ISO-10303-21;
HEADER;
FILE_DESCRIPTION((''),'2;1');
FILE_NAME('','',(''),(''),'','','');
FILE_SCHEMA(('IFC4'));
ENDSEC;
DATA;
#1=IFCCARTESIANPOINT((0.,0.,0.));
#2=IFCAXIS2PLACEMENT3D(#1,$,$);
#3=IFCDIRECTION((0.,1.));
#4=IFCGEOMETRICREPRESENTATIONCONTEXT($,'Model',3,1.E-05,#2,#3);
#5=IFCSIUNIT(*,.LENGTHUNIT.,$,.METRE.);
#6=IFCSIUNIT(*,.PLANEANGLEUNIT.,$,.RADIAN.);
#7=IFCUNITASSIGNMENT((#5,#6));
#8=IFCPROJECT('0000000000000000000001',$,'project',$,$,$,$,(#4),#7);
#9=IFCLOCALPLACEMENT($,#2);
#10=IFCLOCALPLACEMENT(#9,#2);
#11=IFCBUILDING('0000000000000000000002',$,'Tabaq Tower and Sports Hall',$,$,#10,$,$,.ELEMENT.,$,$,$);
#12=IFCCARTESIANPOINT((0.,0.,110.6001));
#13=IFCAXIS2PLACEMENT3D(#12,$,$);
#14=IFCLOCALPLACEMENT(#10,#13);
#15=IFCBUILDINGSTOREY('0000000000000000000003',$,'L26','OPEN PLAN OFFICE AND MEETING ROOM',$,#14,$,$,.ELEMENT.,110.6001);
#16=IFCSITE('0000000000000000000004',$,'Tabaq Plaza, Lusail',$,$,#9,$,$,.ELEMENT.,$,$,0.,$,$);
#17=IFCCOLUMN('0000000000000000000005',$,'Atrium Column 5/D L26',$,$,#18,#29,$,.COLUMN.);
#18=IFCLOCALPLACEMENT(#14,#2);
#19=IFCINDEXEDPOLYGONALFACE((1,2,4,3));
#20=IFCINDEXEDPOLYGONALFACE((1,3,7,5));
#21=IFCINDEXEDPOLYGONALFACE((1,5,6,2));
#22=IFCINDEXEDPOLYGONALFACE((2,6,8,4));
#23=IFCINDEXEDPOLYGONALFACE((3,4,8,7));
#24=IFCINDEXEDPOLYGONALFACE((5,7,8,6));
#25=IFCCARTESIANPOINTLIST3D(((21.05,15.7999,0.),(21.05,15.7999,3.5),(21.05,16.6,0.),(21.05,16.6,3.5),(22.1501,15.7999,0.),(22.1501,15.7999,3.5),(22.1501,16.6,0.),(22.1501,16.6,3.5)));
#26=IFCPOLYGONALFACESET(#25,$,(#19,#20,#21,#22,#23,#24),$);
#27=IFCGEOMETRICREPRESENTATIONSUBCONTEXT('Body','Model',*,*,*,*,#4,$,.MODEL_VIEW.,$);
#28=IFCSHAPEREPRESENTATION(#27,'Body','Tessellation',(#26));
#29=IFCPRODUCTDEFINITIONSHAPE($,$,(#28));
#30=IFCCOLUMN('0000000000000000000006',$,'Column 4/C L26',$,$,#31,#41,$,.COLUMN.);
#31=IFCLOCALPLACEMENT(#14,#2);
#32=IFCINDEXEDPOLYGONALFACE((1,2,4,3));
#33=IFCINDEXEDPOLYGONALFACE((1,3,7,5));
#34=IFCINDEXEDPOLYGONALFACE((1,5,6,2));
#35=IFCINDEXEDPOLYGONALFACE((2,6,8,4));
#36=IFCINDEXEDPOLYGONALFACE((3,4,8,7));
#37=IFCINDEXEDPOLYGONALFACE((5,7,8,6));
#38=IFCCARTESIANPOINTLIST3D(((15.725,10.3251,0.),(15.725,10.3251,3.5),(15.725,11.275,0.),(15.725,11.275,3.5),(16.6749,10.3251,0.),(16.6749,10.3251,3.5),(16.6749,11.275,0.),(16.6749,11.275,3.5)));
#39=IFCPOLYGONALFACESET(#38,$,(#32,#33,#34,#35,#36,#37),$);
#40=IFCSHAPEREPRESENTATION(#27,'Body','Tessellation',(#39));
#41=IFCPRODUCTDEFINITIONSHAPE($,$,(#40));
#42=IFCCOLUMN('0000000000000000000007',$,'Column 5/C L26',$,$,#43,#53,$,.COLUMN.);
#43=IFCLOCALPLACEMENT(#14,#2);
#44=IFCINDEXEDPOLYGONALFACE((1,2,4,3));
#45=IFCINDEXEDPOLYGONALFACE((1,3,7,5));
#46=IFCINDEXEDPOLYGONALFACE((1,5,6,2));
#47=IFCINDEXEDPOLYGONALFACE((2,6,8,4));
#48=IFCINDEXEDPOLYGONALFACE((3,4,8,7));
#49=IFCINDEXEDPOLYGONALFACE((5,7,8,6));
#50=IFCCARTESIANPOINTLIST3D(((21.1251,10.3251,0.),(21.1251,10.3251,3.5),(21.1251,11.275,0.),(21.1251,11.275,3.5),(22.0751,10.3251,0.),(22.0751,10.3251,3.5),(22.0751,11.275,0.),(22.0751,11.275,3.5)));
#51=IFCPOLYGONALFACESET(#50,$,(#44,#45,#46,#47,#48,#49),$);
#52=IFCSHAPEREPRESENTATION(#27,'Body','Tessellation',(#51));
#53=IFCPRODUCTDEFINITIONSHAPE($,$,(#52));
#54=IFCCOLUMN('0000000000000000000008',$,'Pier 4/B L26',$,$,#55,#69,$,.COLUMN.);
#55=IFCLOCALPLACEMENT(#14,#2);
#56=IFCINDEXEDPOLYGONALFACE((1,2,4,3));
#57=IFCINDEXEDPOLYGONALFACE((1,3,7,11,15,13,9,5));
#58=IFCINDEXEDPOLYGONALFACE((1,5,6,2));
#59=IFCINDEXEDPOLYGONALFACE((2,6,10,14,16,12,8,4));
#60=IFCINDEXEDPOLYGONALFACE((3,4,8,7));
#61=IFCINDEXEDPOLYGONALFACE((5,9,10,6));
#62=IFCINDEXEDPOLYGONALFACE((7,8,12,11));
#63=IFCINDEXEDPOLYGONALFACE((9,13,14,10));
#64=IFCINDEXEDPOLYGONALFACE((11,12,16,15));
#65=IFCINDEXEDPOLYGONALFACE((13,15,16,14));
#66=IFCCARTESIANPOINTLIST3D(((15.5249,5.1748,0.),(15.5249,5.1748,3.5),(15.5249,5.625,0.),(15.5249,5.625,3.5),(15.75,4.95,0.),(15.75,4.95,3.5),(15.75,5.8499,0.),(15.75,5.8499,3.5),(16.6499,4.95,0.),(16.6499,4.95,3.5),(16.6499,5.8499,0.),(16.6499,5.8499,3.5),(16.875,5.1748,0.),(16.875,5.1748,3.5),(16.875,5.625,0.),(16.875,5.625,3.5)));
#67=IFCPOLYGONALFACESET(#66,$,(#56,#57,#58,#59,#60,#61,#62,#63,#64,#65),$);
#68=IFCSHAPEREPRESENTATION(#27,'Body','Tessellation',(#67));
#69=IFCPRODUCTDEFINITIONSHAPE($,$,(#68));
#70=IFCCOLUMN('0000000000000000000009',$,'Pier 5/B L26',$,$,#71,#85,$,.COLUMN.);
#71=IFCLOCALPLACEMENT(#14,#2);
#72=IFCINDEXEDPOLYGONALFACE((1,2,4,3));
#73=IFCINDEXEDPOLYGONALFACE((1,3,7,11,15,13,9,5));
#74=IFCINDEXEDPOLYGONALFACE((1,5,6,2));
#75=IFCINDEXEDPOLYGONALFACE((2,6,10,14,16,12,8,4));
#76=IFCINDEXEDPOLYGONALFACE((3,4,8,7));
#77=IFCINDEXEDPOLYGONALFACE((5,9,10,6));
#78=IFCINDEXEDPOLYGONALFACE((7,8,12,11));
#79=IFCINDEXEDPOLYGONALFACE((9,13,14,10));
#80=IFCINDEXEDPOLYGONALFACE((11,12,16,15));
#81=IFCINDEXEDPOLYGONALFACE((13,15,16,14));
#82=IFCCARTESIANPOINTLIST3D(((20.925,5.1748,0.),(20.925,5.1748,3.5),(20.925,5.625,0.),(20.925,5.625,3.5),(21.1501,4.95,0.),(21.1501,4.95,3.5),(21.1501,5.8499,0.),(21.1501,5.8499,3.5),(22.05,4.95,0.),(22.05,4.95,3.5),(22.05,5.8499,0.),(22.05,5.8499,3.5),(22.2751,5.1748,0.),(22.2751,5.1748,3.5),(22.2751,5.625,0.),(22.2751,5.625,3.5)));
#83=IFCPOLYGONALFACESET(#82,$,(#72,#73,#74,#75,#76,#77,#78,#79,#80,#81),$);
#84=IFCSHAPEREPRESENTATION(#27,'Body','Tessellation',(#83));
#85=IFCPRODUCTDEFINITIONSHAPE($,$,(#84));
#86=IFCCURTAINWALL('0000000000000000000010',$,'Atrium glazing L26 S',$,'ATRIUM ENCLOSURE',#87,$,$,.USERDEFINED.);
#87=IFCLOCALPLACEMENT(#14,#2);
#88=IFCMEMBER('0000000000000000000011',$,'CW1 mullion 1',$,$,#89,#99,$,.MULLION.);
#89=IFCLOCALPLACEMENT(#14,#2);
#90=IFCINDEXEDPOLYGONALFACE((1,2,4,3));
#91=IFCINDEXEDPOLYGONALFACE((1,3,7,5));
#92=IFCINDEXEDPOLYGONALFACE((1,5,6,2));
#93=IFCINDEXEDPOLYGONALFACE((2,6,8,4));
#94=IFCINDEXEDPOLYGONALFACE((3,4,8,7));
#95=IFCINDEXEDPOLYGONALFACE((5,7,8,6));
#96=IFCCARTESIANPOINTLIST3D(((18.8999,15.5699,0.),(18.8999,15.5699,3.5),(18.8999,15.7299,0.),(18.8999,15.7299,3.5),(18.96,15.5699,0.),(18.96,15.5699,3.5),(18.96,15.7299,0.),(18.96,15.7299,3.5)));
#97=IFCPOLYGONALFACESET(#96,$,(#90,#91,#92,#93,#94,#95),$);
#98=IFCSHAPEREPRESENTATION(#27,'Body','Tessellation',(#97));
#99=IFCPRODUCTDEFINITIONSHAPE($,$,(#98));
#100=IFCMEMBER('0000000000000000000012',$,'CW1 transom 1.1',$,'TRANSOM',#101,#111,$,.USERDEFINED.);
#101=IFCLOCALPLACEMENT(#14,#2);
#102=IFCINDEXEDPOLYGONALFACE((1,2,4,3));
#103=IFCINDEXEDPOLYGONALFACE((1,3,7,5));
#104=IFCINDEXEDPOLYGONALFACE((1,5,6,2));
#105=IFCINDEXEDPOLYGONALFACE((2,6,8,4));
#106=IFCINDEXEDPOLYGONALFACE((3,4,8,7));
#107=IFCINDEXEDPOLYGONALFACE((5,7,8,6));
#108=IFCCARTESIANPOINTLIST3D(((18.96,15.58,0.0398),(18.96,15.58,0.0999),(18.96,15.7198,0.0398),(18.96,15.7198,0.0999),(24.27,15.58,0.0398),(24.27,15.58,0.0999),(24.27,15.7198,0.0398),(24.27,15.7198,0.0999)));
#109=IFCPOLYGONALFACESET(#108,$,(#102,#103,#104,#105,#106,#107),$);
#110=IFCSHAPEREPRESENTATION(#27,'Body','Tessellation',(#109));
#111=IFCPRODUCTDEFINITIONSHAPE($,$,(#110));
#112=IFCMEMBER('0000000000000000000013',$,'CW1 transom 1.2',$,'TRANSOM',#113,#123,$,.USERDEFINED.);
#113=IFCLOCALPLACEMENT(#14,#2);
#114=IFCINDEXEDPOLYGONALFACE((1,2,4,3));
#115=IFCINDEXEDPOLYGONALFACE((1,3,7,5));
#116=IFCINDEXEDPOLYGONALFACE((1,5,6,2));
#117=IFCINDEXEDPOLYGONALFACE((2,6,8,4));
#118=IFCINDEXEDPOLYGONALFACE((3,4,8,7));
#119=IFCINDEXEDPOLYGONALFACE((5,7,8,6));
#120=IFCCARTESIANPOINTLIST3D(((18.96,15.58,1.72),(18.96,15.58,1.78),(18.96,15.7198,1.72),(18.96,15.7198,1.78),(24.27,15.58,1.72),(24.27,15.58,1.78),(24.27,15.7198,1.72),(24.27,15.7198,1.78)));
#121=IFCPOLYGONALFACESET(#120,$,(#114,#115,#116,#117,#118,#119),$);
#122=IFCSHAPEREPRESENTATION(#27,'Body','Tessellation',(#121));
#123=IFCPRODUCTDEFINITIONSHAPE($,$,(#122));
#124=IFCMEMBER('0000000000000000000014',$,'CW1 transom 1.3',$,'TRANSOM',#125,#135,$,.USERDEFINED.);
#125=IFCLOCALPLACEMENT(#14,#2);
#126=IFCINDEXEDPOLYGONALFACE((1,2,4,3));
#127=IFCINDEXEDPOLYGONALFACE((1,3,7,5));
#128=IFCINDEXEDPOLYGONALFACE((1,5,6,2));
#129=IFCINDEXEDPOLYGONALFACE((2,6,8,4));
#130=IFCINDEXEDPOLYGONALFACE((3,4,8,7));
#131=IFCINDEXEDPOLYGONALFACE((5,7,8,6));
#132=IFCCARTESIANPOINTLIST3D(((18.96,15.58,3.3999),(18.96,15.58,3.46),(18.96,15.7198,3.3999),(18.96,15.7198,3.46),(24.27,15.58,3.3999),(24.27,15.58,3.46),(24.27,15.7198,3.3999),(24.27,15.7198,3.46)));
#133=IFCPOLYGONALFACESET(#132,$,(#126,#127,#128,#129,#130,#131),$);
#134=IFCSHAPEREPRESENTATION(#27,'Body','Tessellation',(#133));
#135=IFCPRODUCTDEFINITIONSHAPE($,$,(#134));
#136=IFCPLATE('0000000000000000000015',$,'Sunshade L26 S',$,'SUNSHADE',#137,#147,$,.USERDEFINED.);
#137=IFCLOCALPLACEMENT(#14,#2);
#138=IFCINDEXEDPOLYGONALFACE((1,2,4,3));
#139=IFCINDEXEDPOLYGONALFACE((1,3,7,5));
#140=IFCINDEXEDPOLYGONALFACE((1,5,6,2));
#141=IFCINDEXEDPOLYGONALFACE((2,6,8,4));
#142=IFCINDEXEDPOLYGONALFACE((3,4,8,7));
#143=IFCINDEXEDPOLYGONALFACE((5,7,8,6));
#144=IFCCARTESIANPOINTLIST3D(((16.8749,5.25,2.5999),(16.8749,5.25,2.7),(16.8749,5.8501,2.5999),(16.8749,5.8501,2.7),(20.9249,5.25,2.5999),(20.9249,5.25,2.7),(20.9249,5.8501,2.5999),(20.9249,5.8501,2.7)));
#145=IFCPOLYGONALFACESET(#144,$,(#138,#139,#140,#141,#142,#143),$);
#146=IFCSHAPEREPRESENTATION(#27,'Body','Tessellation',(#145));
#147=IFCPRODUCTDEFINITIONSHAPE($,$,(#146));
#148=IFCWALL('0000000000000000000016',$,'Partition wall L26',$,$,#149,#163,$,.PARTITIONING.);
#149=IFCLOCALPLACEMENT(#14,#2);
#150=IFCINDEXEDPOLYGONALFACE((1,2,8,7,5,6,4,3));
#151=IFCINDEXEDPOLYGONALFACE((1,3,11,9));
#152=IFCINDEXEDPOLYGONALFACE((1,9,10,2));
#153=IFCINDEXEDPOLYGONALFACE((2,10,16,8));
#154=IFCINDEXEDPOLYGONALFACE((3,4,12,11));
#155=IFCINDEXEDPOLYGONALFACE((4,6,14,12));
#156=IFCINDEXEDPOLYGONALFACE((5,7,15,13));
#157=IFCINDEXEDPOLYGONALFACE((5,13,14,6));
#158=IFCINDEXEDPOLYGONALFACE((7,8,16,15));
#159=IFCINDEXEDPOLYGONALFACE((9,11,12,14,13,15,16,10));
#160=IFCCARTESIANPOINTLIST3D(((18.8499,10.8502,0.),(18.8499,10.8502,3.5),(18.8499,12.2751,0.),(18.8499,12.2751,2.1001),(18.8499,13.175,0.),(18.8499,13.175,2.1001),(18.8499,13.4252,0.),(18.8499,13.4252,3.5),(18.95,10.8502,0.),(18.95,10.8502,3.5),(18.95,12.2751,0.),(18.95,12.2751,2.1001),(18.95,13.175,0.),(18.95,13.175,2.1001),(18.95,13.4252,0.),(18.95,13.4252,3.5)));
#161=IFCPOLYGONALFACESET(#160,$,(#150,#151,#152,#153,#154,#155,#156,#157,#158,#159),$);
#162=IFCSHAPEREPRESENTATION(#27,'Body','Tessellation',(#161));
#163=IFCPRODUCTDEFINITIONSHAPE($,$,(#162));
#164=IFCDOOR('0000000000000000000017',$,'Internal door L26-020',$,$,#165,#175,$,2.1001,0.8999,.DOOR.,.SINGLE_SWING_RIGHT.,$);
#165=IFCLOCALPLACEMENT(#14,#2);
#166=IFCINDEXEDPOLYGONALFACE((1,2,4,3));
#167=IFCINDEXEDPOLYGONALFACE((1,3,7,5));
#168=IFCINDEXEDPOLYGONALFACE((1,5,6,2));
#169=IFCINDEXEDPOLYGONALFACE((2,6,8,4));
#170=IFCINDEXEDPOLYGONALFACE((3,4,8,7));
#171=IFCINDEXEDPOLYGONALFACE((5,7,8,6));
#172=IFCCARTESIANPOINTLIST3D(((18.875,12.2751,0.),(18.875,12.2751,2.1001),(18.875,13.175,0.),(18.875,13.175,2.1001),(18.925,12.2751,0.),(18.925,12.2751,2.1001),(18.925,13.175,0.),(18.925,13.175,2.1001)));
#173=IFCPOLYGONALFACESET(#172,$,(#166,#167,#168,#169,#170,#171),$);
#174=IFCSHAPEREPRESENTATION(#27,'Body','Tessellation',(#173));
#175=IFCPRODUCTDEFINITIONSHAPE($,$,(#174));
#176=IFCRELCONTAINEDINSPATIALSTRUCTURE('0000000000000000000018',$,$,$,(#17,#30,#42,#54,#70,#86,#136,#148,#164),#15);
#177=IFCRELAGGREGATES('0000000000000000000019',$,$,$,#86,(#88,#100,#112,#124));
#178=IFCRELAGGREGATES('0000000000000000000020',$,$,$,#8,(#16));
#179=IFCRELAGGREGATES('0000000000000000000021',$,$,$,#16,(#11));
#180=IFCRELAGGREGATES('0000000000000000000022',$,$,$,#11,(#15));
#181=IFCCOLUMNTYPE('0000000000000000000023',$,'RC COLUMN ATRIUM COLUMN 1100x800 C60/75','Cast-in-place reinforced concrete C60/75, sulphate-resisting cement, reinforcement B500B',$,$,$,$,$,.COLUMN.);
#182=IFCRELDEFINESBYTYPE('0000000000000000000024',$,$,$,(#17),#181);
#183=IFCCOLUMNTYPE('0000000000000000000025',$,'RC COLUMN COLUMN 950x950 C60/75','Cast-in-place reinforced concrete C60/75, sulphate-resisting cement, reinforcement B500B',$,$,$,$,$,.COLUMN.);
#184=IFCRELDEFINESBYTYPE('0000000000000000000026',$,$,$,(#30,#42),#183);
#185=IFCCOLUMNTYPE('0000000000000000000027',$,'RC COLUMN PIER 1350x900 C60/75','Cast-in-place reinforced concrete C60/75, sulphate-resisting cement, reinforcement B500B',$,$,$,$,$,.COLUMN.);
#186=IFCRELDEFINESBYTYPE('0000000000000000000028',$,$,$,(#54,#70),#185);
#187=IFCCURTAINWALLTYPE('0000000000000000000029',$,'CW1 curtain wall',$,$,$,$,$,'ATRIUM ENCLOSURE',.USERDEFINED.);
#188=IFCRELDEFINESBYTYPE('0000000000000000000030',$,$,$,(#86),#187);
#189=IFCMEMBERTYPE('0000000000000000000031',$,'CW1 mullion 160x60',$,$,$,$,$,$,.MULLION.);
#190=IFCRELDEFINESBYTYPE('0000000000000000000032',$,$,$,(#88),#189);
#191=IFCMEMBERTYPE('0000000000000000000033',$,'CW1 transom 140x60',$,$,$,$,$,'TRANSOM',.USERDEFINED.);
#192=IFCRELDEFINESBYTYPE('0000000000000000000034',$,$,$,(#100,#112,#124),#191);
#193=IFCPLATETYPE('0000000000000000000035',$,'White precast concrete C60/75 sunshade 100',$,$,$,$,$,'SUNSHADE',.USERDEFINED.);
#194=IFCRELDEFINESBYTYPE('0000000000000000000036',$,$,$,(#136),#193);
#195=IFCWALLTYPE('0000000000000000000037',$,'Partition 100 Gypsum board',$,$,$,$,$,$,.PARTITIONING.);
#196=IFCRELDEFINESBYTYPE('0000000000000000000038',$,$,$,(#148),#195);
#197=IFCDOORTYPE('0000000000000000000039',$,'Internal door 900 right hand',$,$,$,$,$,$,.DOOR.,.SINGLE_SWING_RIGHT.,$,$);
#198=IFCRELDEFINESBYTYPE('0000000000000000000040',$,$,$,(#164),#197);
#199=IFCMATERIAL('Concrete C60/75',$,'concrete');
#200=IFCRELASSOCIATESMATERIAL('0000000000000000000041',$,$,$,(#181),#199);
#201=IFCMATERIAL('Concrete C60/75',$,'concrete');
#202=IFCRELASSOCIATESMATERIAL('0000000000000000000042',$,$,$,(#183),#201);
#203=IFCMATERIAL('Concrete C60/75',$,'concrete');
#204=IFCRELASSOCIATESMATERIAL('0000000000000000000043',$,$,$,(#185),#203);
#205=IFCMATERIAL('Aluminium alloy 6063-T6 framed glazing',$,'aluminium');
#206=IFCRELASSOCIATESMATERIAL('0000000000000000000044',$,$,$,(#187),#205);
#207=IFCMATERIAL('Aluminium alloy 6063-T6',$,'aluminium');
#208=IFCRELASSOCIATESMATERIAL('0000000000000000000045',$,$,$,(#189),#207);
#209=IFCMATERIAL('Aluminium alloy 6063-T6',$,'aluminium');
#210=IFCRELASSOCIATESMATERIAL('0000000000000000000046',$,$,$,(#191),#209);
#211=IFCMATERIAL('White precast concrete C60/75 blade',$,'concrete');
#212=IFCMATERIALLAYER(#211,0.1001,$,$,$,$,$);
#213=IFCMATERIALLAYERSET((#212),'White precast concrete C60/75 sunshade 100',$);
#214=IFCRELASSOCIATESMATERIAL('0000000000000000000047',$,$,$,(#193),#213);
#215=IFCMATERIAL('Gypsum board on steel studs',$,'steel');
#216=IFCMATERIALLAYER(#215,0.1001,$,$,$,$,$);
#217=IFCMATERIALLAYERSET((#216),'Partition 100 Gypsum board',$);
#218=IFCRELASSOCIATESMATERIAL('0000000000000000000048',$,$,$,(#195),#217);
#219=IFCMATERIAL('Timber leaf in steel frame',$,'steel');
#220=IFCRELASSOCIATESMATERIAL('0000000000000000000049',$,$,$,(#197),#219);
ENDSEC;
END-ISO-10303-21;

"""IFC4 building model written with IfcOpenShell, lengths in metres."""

from ifc_helpers import new_model, si_unit, direction, frame, frame_2d, origin, origin_2d, place, context, subcontext, project, spatial, polyline, rectangle, outline, extrude, material, layer, layer_set, material_profile, profile_set, type_object, element, fill, aggregate, save


model = new_model("IFC4")

# Units and contexts
model_context = context("Model", 3, precision=1e-05, world=origin(), true_north=direction((0.0, 1.0)))
body_context = subcontext(model_context, "Body", "Model", "MODEL_VIEW")
ifc_project = project(units=[si_unit("LENGTHUNIT", "METRE"), si_unit("PLANEANGLEUNIT", "RADIAN")], contexts=[model_context])

# Site, building, storey
site_placement = place(None, origin())
site = spatial("IfcSite", under=ifc_project, at=site_placement, Name="Tabaq Plaza, Lusail", CompositionType="ELEMENT", RefElevation=0.0)
building_placement = place(site_placement, origin())
building = spatial("IfcBuilding", under=site, at=building_placement, Name="Tabaq Tower and Sports Hall", CompositionType="ELEMENT")
storey_placement = place(building_placement, frame((0.0, 0.0, 110.6001)))
storey = spatial("IfcBuildingStorey", under=building, at=storey_placement, Name="L26", Description="OPEN PLAN OFFICE AND MEETING ROOM", CompositionType="ELEMENT", Elevation=110.6001)

# Columns
ifc_material_1 = material(Name="Concrete C60/75", Category="concrete")
ifc_material_profile_1 = material_profile(ifc_material_1, rectangle(XDim=1.1001, YDim=0.8, at=origin_2d()), Name="ATRIUM COLUMN 1100x800")
ifc_profile_set_1 = profile_set([ifc_material_profile_1], Name="Concrete C60/75")
column_type_1 = type_object("IfcColumnType", Name="RC COLUMN ATRIUM COLUMN 1100x800 C60/75", Description="Cast-in-place reinforced concrete C60/75, sulphate-resisting cement, reinforcement B500B", PredefinedType="COLUMN", material=ifc_profile_set_1)
column_placement = place(storey_placement, frame((21.6001, 16.2, 0.0), z_axis=(0.0, 0.0, 1.0), x_axis=(1.0, 0.0, 0.0)))
element("IfcColumn", 1, at=column_placement, inside=storey, type_object=column_type_1, Name="Atrium Column 5/D L26", PredefinedType="COLUMN", context=body_context, shape_type="SweptSolid", body=[
    extrude(rectangle(XDim=1.1001, YDim=0.8, at=origin_2d()), origin(), (0.0, 0.0, 1.0), 3.5),
])
ifc_material_2 = material(Name="Concrete C60/75", Category="concrete")
ifc_material_profile_2 = material_profile(ifc_material_2, rectangle(XDim=0.95, YDim=0.95, at=origin_2d()), Name="COLUMN 950x950")
ifc_profile_set_2 = profile_set([ifc_material_profile_2], Name="Concrete C60/75")
column_type_2 = type_object("IfcColumnType", Name="RC COLUMN COLUMN 950x950 C60/75", Description="Cast-in-place reinforced concrete C60/75, sulphate-resisting cement, reinforcement B500B", PredefinedType="COLUMN", material=ifc_profile_set_2)
for number, where, z_axis, x_axis, name in (
    (2, (16.2, 10.8, 0.0), (0.0, 0.0, 1.0), (1.0, 0.0, 0.0), "Column 4/C L26"),
    (3, (21.6001, 10.8, 0.0), (0.0, 0.0, 1.0), (1.0, 0.0, 0.0), "Column 5/C L26"),
):
    element("IfcColumn", number, at=place(storey_placement, frame(where, z_axis=z_axis, x_axis=x_axis)), inside=storey, type_object=column_type_2, Name=name, PredefinedType="COLUMN", context=body_context, shape_type="SweptSolid", body=[
        extrude(rectangle(XDim=0.95, YDim=0.95, at=origin_2d()), origin(), (0.0, 0.0, 1.0), 3.5),
    ])
ifc_material_3 = material(Name="Concrete C60/75", Category="concrete")
ifc_material_profile_3 = material_profile(ifc_material_3, outline(polyline([(-0.45, -0.45), (0.45, -0.45), (0.675, -0.2251), (0.675, 0.2251), (0.45, 0.45), (-0.45, 0.45), (-0.675, 0.2251), (-0.675, -0.2251), (-0.45, -0.45)])), Name="PIER 1350x900")
ifc_profile_set_3 = profile_set([ifc_material_profile_3], Name="Concrete C60/75")
column_type_3 = type_object("IfcColumnType", Name="RC COLUMN PIER 1350x900 C60/75", Description="Cast-in-place reinforced concrete C60/75, sulphate-resisting cement, reinforcement B500B", PredefinedType="COLUMN", material=ifc_profile_set_3)
for number, where, z_axis, x_axis, name in (
    (4, (16.2, 5.3999, 0.0), (0.0, 0.0, 1.0), (1.0, 0.0, 0.0), "Pier 4/B L26"),
    (5, (21.6001, 5.3999, 0.0), (0.0, 0.0, 1.0), (1.0, 0.0, 0.0), "Pier 5/B L26"),
):
    element("IfcColumn", number, at=place(storey_placement, frame(where, z_axis=z_axis, x_axis=x_axis)), inside=storey, type_object=column_type_3, Name=name, PredefinedType="COLUMN", context=body_context, shape_type="SweptSolid", body=[
        extrude(outline(polyline([(-0.45, -0.45), (0.45, -0.45), (0.675, -0.2251), (0.675, 0.2251), (0.45, 0.45), (-0.45, 0.45), (-0.675, 0.2251), (-0.675, -0.2251), (-0.45, -0.45)])), origin(), (0.0, 0.0, 1.0), 3.5),
    ])

# Curtain wall, members
ifc_material_4 = material(Name="Aluminium alloy 6063-T6 framed glazing", Category="aluminium")
curtain_wall_type = type_object("IfcCurtainWallType", Name="CW1 curtain wall", ElementType="ATRIUM ENCLOSURE", PredefinedType="USERDEFINED", material=ifc_material_4)
curtain_wall_placement = place(storey_placement, origin())
curtain_wall = element("IfcCurtainWall", 6, at=curtain_wall_placement, inside=storey, type_object=curtain_wall_type, Name="Atrium glazing L26 S", ObjectType="ATRIUM ENCLOSURE", PredefinedType="USERDEFINED")
ifc_material_5 = material(Name="Aluminium alloy 6063-T6", Category="aluminium")
ifc_material_profile_4 = material_profile(ifc_material_5, rectangle(XDim=0.1599, YDim=0.0601, at=origin_2d()), Name="MULLION 160x60")
ifc_profile_set_4 = profile_set([ifc_material_profile_4], Name="Aluminium alloy 6063-T6")
member_type_1 = type_object("IfcMemberType", Name="CW1 mullion 160x60", PredefinedType="MULLION", material=ifc_profile_set_4)
member_1_placement = place(storey_placement, frame((18.9299, 15.6499, 0.0), z_axis=(0.0, 0.0, 1.0), x_axis=(0.0, 1.0, 0.0)))
member_1 = element("IfcMember", 7, at=member_1_placement, type_object=member_type_1, Name="CW1 mullion 1", PredefinedType="MULLION", context=body_context, shape_type="SweptSolid", body=[
    extrude(rectangle(XDim=0.1599, YDim=0.0601, at=origin_2d()), origin(), (0.0, 0.0, 1.0), 3.5),
])
ifc_material_6 = material(Name="Aluminium alloy 6063-T6", Category="aluminium")
ifc_material_profile_5 = material_profile(ifc_material_6, rectangle(XDim=0.1399, YDim=0.0601, at=origin_2d()), Name="TRANSOM 140x60")
ifc_profile_set_5 = profile_set([ifc_material_profile_5], Name="Aluminium alloy 6063-T6")
member_type_2 = type_object("IfcMemberType", Name="CW1 transom 140x60", ElementType="TRANSOM", PredefinedType="USERDEFINED", material=ifc_profile_set_5)
member_2_placement = place(storey_placement, frame((18.96, 15.6499, 0.0698), z_axis=(1.0, 0.0, 0.0), x_axis=(0.0, 1.0, 0.0)))
member_2 = element("IfcMember", 8, at=member_2_placement, type_object=member_type_2, Name="CW1 transom 1.1", ObjectType="TRANSOM", PredefinedType="USERDEFINED", context=body_context, shape_type="SweptSolid", body=[
    extrude(rectangle(XDim=0.1399, YDim=0.0601, at=origin_2d()), origin(), (0.0, 0.0, 1.0), 5.3101),
])
member_3_placement = place(storey_placement, frame((18.96, 15.6499, 1.75), z_axis=(1.0, 0.0, 0.0), x_axis=(0.0, 1.0, 0.0)))
member_3 = element("IfcMember", 9, at=member_3_placement, type_object=member_type_2, Name="CW1 transom 1.2", ObjectType="TRANSOM", PredefinedType="USERDEFINED", context=body_context, shape_type="SweptSolid", body=[
    extrude(rectangle(XDim=0.1399, YDim=0.0601, at=origin_2d()), origin(), (0.0, 0.0, 1.0), 5.3101),
])
member_4_placement = place(storey_placement, frame((18.96, 15.6499, 3.4299), z_axis=(1.0, 0.0, 0.0), x_axis=(0.0, 1.0, 0.0)))
member_4 = element("IfcMember", 10, at=member_4_placement, type_object=member_type_2, Name="CW1 transom 1.3", ObjectType="TRANSOM", PredefinedType="USERDEFINED", context=body_context, shape_type="SweptSolid", body=[
    extrude(rectangle(XDim=0.1399, YDim=0.0601, at=origin_2d()), origin(), (0.0, 0.0, 1.0), 5.3101),
])
aggregate(curtain_wall, [member_1, member_2, member_3, member_4])

# Plate
ifc_material_7 = material(Name="White precast concrete C60/75 blade", Category="concrete")
ifc_layer_1 = layer(ifc_material_7, 0.1001)
ifc_layer_set_1 = layer_set([ifc_layer_1], Name="White precast concrete C60/75 sunshade 100")
plate_type = type_object("IfcPlateType", Name="White precast concrete C60/75 sunshade 100", ElementType="SUNSHADE", PredefinedType="USERDEFINED", material=ifc_layer_set_1)
plate_placement = place(storey_placement, frame((18.8999, 5.55, 2.5999), z_axis=(0.0, 0.0, 1.0), x_axis=(1.0, 0.0, 0.0)))
element("IfcPlate", 11, at=plate_placement, inside=storey, type_object=plate_type, Name="Sunshade L26 S", ObjectType="SUNSHADE", PredefinedType="USERDEFINED", context=body_context, shape_type="SweptSolid", body=[
    extrude(rectangle(XDim=4.05, YDim=0.6001, at=origin_2d()), origin(), (0.0, 0.0, 1.0), 0.1001),
])

# Wall, opening, door
ifc_material_8 = material(Name="Gypsum board on steel studs", Category="steel")
ifc_layer_2 = layer(ifc_material_8, 0.1001)
ifc_layer_set_2 = layer_set([ifc_layer_2], Name="Partition 100 Gypsum board")
wall_type_1 = type_object("IfcWallType", Name="Partition 100 Gypsum board", PredefinedType="PARTITIONING", material=ifc_layer_set_2)
wall_1_placement = place(storey_placement, frame((18.8999, 10.8501, 0.0), z_axis=(0.0, 0.0, 1.0), x_axis=(0.0, 1.0, 0.0)))
wall_1 = element("IfcWall", 12, at=wall_1_placement, inside=storey, type_object=wall_type_1, Name="Partition wall L26", PredefinedType="PARTITIONING", context=body_context, shape_type="SweptSolid", body=[
    extrude(rectangle(XDim=2.575, YDim=0.1001, at=frame_2d((1.2876, 0.0))), origin(), (0.0, 0.0, 1.0), 3.5),
])
opening_1_placement = place(wall_1_placement, frame((1.425, 0.0, 0.0)))
opening_1 = element("IfcOpeningElement", 13, at=opening_1_placement, cuts=wall_1, PredefinedType="OPENING", context=body_context, shape_type="SweptSolid", body=[
    extrude(rectangle(XDim=0.8999, YDim=2.1001, at=frame_2d((0.45, 1.05))), frame((0.0, 0.05, 0.0), z_axis=(0.0, -1.0, 0.0), x_axis=(1.0, 0.0, 0.0)), (0.0, 0.0, 1.0), 0.1001),
])
ifc_material_9 = material(Name="Timber leaf in steel frame", Category="steel")
door_type_1 = type_object("IfcDoorType", Name="Internal door 900 right hand", OperationType="SINGLE_SWING_RIGHT", PredefinedType="DOOR", material=ifc_material_9)
door_1_placement = place(opening_1_placement, origin())
door_1 = element("IfcDoor", 14, at=door_1_placement, inside=storey, type_object=door_type_1, Name="Internal door L26-020", OperationType="SINGLE_SWING_RIGHT", OverallHeight=2.1001, OverallWidth=0.8999, PredefinedType="DOOR", context=body_context, shape_type="SweptSolid", body=[
    extrude(rectangle(XDim=0.8999, YDim=2.1001, at=frame_2d((0.45, 1.05))), frame((0.0, 0.0249, 0.0), z_axis=(0.0, -1.0, 0.0), x_axis=(1.0, 0.0, 0.0)), (0.0, 0.0, 1.0), 0.05),
])
fill(opening_1, door_1)

save(model, "model.ifc")
